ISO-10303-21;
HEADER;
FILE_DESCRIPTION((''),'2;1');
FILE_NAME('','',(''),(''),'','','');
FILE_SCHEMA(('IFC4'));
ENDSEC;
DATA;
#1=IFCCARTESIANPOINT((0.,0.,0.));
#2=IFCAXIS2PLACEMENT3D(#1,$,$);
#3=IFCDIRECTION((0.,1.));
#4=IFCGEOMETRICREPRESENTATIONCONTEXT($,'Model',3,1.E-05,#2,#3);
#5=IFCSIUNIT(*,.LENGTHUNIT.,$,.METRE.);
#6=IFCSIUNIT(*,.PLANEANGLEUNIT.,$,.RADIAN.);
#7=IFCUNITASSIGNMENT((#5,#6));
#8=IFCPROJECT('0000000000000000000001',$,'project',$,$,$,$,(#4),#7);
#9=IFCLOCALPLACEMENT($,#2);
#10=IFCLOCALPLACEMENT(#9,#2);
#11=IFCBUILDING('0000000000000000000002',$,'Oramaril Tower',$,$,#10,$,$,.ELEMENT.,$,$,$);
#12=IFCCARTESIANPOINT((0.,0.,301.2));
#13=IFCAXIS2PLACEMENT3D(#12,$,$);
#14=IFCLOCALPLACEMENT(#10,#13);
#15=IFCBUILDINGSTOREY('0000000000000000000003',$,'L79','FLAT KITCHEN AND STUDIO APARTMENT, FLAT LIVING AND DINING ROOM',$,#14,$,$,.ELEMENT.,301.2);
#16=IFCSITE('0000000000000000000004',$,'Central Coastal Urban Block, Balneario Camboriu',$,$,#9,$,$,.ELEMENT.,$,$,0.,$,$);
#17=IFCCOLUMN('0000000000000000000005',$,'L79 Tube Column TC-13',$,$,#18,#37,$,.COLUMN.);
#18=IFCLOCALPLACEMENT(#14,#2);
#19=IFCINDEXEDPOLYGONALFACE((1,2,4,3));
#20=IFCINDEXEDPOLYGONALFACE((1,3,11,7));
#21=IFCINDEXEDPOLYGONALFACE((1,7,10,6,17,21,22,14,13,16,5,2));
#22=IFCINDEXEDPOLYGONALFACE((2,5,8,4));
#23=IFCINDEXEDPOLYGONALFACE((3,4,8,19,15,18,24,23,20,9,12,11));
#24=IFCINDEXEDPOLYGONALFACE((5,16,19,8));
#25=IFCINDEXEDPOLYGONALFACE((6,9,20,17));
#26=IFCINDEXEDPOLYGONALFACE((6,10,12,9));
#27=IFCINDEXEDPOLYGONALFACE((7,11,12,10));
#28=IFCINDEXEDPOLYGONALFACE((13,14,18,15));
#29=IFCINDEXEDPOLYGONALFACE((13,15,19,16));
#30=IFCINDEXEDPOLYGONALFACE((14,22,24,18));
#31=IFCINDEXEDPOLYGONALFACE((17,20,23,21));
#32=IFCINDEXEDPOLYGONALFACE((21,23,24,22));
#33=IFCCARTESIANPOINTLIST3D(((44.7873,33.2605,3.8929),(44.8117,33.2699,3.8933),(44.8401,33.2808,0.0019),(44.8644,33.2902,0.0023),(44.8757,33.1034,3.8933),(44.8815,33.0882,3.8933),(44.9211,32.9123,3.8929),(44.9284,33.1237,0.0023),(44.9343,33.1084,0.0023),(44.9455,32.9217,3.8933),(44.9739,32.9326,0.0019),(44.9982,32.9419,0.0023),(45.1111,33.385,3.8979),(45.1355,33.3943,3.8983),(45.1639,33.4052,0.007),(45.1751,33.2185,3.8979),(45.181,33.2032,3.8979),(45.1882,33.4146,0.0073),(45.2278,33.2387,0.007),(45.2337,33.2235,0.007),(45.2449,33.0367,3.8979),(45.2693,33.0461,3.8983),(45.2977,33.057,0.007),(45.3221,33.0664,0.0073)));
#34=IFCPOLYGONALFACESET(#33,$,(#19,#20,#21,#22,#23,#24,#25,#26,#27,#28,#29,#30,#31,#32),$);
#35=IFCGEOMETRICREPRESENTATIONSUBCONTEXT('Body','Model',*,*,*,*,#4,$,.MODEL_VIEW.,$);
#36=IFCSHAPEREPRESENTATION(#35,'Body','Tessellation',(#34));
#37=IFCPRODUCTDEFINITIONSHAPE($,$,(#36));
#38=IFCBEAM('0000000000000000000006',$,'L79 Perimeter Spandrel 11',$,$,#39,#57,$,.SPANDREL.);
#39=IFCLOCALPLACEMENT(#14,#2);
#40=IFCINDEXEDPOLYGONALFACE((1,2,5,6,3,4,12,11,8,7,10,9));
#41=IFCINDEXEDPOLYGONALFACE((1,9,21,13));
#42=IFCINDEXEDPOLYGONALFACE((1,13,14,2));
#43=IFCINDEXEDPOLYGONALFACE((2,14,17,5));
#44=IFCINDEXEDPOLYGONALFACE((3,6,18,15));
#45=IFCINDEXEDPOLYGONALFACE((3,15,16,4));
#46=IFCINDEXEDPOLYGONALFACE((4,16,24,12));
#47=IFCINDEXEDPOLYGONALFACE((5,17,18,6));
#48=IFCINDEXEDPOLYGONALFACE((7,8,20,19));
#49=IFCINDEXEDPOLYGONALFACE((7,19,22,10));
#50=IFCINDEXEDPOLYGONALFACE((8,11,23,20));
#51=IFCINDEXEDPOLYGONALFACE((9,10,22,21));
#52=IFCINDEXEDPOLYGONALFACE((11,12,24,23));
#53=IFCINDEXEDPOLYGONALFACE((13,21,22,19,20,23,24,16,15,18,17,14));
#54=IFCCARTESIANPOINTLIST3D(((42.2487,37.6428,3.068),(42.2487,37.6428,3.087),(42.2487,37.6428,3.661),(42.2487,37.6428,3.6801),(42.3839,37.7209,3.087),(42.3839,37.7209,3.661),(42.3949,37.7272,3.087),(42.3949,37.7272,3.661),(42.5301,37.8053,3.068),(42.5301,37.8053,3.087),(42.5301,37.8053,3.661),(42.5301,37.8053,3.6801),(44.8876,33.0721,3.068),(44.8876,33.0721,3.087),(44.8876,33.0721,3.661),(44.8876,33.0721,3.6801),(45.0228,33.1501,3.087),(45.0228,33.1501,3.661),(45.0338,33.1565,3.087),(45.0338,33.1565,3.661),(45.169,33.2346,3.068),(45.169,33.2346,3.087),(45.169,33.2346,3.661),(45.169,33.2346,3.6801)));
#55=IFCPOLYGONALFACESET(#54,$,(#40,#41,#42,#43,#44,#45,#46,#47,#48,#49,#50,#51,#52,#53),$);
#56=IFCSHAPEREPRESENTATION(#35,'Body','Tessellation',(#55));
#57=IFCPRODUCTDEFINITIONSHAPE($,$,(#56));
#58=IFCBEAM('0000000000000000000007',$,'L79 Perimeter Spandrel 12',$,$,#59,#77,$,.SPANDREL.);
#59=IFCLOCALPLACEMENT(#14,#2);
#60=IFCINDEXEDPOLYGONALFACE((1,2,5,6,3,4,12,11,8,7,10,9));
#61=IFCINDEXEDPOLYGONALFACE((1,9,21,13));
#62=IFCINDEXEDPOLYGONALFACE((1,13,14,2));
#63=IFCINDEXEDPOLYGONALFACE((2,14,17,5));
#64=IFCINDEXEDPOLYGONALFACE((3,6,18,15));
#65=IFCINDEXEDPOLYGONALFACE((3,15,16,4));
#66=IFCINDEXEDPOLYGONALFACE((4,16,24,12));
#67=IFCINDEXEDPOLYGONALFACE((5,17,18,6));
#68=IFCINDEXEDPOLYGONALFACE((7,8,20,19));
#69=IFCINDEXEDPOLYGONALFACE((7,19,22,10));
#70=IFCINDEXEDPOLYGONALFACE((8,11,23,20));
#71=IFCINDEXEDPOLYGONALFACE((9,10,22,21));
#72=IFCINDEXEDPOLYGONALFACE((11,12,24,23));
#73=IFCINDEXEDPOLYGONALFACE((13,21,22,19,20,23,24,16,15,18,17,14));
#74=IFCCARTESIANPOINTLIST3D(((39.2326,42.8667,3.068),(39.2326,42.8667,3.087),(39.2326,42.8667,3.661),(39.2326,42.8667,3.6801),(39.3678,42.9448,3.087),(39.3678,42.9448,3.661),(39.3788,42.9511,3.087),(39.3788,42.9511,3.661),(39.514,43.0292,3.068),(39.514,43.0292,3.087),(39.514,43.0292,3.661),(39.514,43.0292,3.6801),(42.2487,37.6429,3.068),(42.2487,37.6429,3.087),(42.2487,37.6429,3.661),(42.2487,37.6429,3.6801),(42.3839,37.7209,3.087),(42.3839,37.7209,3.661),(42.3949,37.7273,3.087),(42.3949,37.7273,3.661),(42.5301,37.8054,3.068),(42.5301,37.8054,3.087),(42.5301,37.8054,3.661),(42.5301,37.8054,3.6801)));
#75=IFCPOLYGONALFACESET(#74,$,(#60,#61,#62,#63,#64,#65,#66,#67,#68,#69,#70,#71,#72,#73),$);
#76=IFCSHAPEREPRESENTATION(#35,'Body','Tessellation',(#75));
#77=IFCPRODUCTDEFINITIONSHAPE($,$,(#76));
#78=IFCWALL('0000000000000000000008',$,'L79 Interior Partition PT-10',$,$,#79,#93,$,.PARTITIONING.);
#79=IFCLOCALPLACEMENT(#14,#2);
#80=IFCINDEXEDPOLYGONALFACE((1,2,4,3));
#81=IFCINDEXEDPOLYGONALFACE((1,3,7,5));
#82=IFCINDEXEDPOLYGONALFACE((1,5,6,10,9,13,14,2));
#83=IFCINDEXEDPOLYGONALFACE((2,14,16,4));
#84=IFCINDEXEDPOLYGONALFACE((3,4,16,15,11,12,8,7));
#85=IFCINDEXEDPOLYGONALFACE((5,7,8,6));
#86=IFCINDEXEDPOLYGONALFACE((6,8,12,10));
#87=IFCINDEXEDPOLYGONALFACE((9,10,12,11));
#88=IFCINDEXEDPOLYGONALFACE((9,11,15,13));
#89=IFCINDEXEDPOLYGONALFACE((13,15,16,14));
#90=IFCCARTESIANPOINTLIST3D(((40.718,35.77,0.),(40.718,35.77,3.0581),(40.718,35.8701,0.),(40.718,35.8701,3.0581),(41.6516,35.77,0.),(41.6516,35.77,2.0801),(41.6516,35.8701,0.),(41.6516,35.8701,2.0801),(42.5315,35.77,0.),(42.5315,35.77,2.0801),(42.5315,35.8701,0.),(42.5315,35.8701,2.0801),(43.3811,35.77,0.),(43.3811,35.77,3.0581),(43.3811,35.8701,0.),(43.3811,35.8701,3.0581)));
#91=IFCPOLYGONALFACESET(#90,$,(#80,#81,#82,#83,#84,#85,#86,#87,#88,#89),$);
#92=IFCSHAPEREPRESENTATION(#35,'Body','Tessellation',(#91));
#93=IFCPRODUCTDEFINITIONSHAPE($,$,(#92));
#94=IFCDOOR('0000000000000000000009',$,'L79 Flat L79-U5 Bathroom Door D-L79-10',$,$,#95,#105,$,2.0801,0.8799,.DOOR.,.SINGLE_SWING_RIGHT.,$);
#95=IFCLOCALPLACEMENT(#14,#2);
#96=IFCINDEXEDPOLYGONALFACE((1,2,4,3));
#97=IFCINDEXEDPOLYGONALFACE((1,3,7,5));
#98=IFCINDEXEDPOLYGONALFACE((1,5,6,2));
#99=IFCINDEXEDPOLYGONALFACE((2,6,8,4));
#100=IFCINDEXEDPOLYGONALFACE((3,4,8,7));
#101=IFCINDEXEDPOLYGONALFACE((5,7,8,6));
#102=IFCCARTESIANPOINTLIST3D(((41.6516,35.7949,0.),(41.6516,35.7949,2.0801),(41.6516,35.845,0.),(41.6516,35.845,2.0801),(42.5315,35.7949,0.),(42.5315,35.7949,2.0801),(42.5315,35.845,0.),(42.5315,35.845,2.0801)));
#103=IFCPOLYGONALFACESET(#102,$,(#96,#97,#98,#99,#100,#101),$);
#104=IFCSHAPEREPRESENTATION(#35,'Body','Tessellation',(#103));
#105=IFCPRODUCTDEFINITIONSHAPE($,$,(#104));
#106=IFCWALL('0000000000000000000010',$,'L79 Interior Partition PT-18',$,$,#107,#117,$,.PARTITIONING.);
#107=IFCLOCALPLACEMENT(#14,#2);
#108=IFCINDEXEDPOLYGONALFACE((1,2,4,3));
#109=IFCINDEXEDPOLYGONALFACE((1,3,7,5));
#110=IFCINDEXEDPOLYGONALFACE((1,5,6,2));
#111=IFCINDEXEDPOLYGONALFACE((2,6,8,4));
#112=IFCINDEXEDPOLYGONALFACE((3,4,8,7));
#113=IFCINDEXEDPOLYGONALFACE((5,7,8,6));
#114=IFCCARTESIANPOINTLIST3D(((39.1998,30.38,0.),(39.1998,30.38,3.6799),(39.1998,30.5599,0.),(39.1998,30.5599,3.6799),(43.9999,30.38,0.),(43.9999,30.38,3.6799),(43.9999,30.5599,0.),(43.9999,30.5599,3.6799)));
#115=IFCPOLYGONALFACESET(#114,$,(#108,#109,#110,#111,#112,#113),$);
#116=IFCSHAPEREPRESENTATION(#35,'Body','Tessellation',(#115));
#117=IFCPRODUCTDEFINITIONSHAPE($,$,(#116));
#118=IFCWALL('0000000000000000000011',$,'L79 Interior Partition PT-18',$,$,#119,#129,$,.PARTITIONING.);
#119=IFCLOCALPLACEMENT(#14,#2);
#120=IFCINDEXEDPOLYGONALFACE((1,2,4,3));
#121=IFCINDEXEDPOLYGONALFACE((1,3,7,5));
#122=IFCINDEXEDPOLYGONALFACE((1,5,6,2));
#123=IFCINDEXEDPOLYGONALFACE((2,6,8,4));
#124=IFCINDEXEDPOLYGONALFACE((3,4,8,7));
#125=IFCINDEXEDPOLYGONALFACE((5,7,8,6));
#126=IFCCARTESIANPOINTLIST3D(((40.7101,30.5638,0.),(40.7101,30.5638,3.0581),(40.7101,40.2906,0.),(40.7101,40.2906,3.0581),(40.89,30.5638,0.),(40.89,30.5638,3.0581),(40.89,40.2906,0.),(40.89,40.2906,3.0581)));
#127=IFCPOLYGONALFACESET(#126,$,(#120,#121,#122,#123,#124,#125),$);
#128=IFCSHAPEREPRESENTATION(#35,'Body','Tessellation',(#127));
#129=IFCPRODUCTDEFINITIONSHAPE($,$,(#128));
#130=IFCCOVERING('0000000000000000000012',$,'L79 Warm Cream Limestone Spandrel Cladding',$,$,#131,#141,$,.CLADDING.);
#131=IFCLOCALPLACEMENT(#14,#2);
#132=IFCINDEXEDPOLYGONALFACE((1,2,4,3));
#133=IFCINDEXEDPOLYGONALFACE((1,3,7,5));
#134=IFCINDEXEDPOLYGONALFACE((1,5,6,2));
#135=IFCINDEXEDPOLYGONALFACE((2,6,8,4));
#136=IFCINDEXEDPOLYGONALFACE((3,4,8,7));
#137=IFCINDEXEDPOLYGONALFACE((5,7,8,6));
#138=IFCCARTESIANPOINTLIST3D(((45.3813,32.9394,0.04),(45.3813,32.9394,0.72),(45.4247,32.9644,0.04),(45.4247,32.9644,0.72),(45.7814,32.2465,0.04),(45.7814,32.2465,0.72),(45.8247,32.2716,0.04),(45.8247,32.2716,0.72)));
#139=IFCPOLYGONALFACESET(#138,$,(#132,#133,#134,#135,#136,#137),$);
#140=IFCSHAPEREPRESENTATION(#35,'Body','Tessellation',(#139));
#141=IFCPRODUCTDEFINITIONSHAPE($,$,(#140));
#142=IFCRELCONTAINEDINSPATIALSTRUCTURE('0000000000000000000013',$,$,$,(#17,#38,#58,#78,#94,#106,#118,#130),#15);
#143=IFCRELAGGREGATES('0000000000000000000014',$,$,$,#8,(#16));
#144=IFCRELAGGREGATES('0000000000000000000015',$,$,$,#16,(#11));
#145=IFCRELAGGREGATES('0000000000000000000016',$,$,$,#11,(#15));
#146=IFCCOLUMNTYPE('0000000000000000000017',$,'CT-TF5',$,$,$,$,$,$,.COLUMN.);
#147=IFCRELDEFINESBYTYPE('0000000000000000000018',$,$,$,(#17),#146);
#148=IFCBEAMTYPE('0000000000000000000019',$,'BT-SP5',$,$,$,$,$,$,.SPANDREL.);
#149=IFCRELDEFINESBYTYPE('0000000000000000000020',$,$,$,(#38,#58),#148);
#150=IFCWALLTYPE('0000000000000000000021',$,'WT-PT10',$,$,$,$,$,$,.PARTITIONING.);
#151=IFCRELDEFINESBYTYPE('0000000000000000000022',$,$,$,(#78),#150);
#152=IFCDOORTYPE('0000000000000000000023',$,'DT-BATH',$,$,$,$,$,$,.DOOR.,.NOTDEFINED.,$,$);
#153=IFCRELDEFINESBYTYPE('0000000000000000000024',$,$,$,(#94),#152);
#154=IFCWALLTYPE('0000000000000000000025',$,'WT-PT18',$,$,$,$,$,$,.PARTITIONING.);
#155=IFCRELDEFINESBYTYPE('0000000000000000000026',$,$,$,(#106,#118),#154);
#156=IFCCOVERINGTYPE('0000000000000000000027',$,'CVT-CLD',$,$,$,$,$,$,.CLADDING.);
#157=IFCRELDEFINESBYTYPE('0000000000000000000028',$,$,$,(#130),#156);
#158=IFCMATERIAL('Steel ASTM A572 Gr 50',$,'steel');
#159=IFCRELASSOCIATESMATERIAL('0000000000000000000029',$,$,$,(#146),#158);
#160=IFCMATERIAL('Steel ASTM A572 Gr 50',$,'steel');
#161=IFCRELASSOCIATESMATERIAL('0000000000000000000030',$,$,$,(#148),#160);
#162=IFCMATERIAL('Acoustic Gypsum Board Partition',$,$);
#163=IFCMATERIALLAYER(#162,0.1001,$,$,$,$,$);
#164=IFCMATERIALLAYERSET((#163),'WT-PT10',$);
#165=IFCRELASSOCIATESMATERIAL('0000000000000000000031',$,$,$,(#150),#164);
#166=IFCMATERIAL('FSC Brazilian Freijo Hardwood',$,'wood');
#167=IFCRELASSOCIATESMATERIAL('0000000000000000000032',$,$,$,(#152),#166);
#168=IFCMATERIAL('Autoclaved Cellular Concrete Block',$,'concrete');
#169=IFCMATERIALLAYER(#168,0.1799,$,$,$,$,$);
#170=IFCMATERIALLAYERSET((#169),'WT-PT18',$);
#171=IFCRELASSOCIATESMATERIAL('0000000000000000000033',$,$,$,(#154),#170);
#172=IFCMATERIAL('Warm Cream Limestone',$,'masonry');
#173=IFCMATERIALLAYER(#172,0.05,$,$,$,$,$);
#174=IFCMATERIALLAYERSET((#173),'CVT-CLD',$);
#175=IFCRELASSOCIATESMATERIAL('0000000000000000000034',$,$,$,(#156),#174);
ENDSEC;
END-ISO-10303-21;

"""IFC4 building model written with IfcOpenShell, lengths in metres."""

from ifc_helpers import new_model, si_unit, direction, frame, frame_2d, origin, origin_2d, place, context, subcontext, project, spatial, rectangle, i_section, extrude, material, layer, layer_set, material_profile, profile_set, type_object, element, fill, save


model = new_model("IFC4")

# Units and contexts
model_context = context("Model", 3, precision=1e-05, world=origin(), true_north=direction((0.0, 1.0)))
body_context = subcontext(model_context, "Body", "Model", "MODEL_VIEW")
ifc_project = project(units=[si_unit("LENGTHUNIT", "METRE"), si_unit("PLANEANGLEUNIT", "RADIAN")], contexts=[model_context])

# Site, building, storey
site_placement = place(None, origin())
site = spatial("IfcSite", under=ifc_project, at=site_placement, Name="Central Coastal Urban Block, Balneario Camboriu", CompositionType="ELEMENT", RefElevation=0.0)
building_placement = place(site_placement, origin())
building = spatial("IfcBuilding", under=site, at=building_placement, Name="Oramaril Tower", CompositionType="ELEMENT")
storey_placement = place(building_placement, frame((0.0, 0.0, 301.2)))
storey = spatial("IfcBuildingStorey", under=building, at=storey_placement, Name="L79", Description="FLAT KITCHEN AND STUDIO APARTMENT, FLAT LIVING AND DINING ROOM", CompositionType="ELEMENT", Elevation=301.2)

# Column
ifc_material_1 = material(Name="Steel ASTM A572 Gr 50", Category="steel")
ifc_material_profile_1 = material_profile(ifc_material_1, i_section(OverallWidth=0.373, OverallDepth=0.373, WebThickness=0.0164, FlangeThickness=0.0261, at=origin_2d()), Name="W14X132")
ifc_profile_set_1 = profile_set([ifc_material_profile_1], Name="Steel ASTM A572 Gr 50")
column_type = type_object("IfcColumnType", Name="CT-TF5", PredefinedType="COLUMN", material=ifc_profile_set_1)
column_placement = place(storey_placement, frame((45.0811, 33.1736, 0.0046), z_axis=(-0.013552, -0.005207, 0.999895), x_axis=(0.358689, -0.933457, 0.0)))
element("IfcColumn", 1, at=column_placement, inside=storey, type_object=column_type, Name="L79 Tube Column TC-13", PredefinedType="COLUMN", context=body_context, shape_type="SweptSolid", body=[
    extrude(i_section(OverallWidth=0.373, OverallDepth=0.373, WebThickness=0.0164, FlangeThickness=0.0261, at=origin_2d()), origin(), (0.0, 0.0, 1.0), 3.8914),
])

# Beams
ifc_material_2 = material(Name="Steel ASTM A572 Gr 50", Category="steel")
ifc_material_profile_2 = material_profile(ifc_material_2, i_section(OverallWidth=0.325, OverallDepth=0.6121, WebThickness=0.0127, FlangeThickness=0.019, at=origin_2d()), Name="W24X104")
ifc_profile_set_2 = profile_set([ifc_material_profile_2], Name="Steel ASTM A572 Gr 50")
beam_type = type_object("IfcBeamType", Name="BT-SP5", PredefinedType="SPANDREL", material=ifc_profile_set_2)
beam_1_placement = place(storey_placement, frame((45.0283, 33.1533, 3.374), z_axis=(-0.499995, 0.866028, 0.0), x_axis=(-0.866028, -0.499995, 0.0)))
element("IfcBeam", 2, at=beam_1_placement, inside=storey, type_object=beam_type, Name="L79 Perimeter Spandrel 11", PredefinedType="SPANDREL", context=body_context, shape_type="SweptSolid", body=[
    extrude(i_section(OverallWidth=0.325, OverallDepth=0.6121, WebThickness=0.0127, FlangeThickness=0.019, at=origin_2d()), origin(), (0.0, 0.0, 1.0), 5.2778),
])
beam_2_placement = place(storey_placement, frame((42.3894, 37.7241, 3.374), z_axis=(-0.500013, 0.866018, 0.0), x_axis=(-0.866018, -0.500013, 0.0)))
element("IfcBeam", 3, at=beam_2_placement, inside=storey, type_object=beam_type, Name="L79 Perimeter Spandrel 12", PredefinedType="SPANDREL", context=body_context, shape_type="SweptSolid", body=[
    extrude(i_section(OverallWidth=0.325, OverallDepth=0.6121, WebThickness=0.0127, FlangeThickness=0.019, at=origin_2d()), origin(), (0.0, 0.0, 1.0), 6.032),
])

# Wall, opening, door
ifc_material_3 = material(Name="Acoustic Gypsum Board Partition")
ifc_layer_1 = layer(ifc_material_3, 0.1001)
ifc_layer_set_1 = layer_set([ifc_layer_1], Name="WT-PT10")
wall_type_1 = type_object("IfcWallType", Name="WT-PT10", PredefinedType="PARTITIONING", material=ifc_layer_set_1)
wall_1_placement = place(storey_placement, frame((40.718, 35.8201, 0.0), z_axis=(0.0, 0.0, 1.0), x_axis=(1.0, 0.0, 0.0)))
wall_1 = element("IfcWall", 4, at=wall_1_placement, inside=storey, type_object=wall_type_1, Name="L79 Interior Partition PT-10", PredefinedType="PARTITIONING", context=body_context, shape_type="SweptSolid", body=[
    extrude(rectangle(XDim=2.6631, YDim=0.1001, at=frame_2d((1.3315, 0.0))), origin(), (0.0, 0.0, 1.0), 3.0581),
])
opening_placement = place(wall_1_placement, frame((0.9336, 0.0, 0.0)))
opening = element("IfcOpeningElement", 5, at=opening_placement, cuts=wall_1, PredefinedType="OPENING", context=body_context, shape_type="SweptSolid", body=[
    extrude(rectangle(XDim=0.8799, YDim=2.0801, at=frame_2d((0.4399, 1.04))), frame((0.0, 0.05, 0.0), z_axis=(0.0, -1.0, 0.0), x_axis=(1.0, 0.0, 0.0)), (0.0, 0.0, 1.0), 0.1001),
])
ifc_material_4 = material(Name="FSC Brazilian Freijo Hardwood", Category="wood")
door_type = type_object("IfcDoorType", Name="DT-BATH", OperationType="NOTDEFINED", PredefinedType="DOOR", material=ifc_material_4)
door_placement = place(opening_placement, origin())
door = element("IfcDoor", 6, at=door_placement, inside=storey, type_object=door_type, Name="L79 Flat L79-U5 Bathroom Door D-L79-10", OperationType="SINGLE_SWING_RIGHT", OverallHeight=2.0801, OverallWidth=0.8799, PredefinedType="DOOR", context=body_context, shape_type="SweptSolid", body=[
    extrude(rectangle(XDim=0.8799, YDim=2.0801, at=frame_2d((0.4399, 1.04))), frame((0.0, 0.0249, 0.0), z_axis=(0.0, -1.0, 0.0), x_axis=(1.0, 0.0, 0.0)), (0.0, 0.0, 1.0), 0.05),
])
fill(opening, door)

# Walls
ifc_material_5 = material(Name="Autoclaved Cellular Concrete Block", Category="concrete")
ifc_layer_2 = layer(ifc_material_5, 0.1799)
ifc_layer_set_2 = layer_set([ifc_layer_2], Name="WT-PT18")
wall_type_2 = type_object("IfcWallType", Name="WT-PT18", PredefinedType="PARTITIONING", material=ifc_layer_set_2)
wall_2_placement = place(storey_placement, frame((39.2, 30.47, 0.0), z_axis=(0.0, 0.0, 1.0), x_axis=(1.0, 0.0, 0.0)))
element("IfcWall", 7, at=wall_2_placement, inside=storey, type_object=wall_type_2, Name="L79 Interior Partition PT-18", PredefinedType="PARTITIONING", context=body_context, shape_type="SweptSolid", body=[
    extrude(rectangle(XDim=4.8, YDim=0.1799, at=frame_2d((2.3999, 0.0))), origin(), (0.0, 0.0, 1.0), 3.6799),
])
wall_3_placement = place(storey_placement, frame((40.8, 30.564, 0.0), z_axis=(0.0, 0.0, 1.0), x_axis=(0.0, 1.0, 0.0)))
element("IfcWall", 8, at=wall_3_placement, inside=storey, type_object=wall_type_2, Name="L79 Interior Partition PT-18", PredefinedType="PARTITIONING", context=body_context, shape_type="SweptSolid", body=[
    extrude(rectangle(XDim=9.7268, YDim=0.1799, at=frame_2d((4.8633, 0.0))), origin(), (0.0, 0.0, 1.0), 3.0581),
])

# Covering
ifc_material_6 = material(Name="Warm Cream Limestone", Category="masonry")
ifc_layer_3 = layer(ifc_material_6, 0.05)
ifc_layer_set_3 = layer_set([ifc_layer_3], Name="CVT-CLD")
covering_type = type_object("IfcCoveringType", Name="CVT-CLD", PredefinedType="CLADDING", material=ifc_layer_set_3)
covering_placement = place(storey_placement, frame((45.603, 32.6055, 0.04), z_axis=(0.0, 0.0, 1.0), x_axis=(-0.500002, 0.866025, 0.0)))
element("IfcCovering", 9, at=covering_placement, inside=storey, type_object=covering_type, Name="L79 Warm Cream Limestone Spandrel Cladding", PredefinedType="CLADDING", context=body_context, shape_type="SweptSolid", body=[
    extrude(rectangle(XDim=0.8, YDim=0.05, at=origin_2d()), origin(), (0.0, 0.0, 1.0), 0.6799),
])

save(model, "model.ifc")
